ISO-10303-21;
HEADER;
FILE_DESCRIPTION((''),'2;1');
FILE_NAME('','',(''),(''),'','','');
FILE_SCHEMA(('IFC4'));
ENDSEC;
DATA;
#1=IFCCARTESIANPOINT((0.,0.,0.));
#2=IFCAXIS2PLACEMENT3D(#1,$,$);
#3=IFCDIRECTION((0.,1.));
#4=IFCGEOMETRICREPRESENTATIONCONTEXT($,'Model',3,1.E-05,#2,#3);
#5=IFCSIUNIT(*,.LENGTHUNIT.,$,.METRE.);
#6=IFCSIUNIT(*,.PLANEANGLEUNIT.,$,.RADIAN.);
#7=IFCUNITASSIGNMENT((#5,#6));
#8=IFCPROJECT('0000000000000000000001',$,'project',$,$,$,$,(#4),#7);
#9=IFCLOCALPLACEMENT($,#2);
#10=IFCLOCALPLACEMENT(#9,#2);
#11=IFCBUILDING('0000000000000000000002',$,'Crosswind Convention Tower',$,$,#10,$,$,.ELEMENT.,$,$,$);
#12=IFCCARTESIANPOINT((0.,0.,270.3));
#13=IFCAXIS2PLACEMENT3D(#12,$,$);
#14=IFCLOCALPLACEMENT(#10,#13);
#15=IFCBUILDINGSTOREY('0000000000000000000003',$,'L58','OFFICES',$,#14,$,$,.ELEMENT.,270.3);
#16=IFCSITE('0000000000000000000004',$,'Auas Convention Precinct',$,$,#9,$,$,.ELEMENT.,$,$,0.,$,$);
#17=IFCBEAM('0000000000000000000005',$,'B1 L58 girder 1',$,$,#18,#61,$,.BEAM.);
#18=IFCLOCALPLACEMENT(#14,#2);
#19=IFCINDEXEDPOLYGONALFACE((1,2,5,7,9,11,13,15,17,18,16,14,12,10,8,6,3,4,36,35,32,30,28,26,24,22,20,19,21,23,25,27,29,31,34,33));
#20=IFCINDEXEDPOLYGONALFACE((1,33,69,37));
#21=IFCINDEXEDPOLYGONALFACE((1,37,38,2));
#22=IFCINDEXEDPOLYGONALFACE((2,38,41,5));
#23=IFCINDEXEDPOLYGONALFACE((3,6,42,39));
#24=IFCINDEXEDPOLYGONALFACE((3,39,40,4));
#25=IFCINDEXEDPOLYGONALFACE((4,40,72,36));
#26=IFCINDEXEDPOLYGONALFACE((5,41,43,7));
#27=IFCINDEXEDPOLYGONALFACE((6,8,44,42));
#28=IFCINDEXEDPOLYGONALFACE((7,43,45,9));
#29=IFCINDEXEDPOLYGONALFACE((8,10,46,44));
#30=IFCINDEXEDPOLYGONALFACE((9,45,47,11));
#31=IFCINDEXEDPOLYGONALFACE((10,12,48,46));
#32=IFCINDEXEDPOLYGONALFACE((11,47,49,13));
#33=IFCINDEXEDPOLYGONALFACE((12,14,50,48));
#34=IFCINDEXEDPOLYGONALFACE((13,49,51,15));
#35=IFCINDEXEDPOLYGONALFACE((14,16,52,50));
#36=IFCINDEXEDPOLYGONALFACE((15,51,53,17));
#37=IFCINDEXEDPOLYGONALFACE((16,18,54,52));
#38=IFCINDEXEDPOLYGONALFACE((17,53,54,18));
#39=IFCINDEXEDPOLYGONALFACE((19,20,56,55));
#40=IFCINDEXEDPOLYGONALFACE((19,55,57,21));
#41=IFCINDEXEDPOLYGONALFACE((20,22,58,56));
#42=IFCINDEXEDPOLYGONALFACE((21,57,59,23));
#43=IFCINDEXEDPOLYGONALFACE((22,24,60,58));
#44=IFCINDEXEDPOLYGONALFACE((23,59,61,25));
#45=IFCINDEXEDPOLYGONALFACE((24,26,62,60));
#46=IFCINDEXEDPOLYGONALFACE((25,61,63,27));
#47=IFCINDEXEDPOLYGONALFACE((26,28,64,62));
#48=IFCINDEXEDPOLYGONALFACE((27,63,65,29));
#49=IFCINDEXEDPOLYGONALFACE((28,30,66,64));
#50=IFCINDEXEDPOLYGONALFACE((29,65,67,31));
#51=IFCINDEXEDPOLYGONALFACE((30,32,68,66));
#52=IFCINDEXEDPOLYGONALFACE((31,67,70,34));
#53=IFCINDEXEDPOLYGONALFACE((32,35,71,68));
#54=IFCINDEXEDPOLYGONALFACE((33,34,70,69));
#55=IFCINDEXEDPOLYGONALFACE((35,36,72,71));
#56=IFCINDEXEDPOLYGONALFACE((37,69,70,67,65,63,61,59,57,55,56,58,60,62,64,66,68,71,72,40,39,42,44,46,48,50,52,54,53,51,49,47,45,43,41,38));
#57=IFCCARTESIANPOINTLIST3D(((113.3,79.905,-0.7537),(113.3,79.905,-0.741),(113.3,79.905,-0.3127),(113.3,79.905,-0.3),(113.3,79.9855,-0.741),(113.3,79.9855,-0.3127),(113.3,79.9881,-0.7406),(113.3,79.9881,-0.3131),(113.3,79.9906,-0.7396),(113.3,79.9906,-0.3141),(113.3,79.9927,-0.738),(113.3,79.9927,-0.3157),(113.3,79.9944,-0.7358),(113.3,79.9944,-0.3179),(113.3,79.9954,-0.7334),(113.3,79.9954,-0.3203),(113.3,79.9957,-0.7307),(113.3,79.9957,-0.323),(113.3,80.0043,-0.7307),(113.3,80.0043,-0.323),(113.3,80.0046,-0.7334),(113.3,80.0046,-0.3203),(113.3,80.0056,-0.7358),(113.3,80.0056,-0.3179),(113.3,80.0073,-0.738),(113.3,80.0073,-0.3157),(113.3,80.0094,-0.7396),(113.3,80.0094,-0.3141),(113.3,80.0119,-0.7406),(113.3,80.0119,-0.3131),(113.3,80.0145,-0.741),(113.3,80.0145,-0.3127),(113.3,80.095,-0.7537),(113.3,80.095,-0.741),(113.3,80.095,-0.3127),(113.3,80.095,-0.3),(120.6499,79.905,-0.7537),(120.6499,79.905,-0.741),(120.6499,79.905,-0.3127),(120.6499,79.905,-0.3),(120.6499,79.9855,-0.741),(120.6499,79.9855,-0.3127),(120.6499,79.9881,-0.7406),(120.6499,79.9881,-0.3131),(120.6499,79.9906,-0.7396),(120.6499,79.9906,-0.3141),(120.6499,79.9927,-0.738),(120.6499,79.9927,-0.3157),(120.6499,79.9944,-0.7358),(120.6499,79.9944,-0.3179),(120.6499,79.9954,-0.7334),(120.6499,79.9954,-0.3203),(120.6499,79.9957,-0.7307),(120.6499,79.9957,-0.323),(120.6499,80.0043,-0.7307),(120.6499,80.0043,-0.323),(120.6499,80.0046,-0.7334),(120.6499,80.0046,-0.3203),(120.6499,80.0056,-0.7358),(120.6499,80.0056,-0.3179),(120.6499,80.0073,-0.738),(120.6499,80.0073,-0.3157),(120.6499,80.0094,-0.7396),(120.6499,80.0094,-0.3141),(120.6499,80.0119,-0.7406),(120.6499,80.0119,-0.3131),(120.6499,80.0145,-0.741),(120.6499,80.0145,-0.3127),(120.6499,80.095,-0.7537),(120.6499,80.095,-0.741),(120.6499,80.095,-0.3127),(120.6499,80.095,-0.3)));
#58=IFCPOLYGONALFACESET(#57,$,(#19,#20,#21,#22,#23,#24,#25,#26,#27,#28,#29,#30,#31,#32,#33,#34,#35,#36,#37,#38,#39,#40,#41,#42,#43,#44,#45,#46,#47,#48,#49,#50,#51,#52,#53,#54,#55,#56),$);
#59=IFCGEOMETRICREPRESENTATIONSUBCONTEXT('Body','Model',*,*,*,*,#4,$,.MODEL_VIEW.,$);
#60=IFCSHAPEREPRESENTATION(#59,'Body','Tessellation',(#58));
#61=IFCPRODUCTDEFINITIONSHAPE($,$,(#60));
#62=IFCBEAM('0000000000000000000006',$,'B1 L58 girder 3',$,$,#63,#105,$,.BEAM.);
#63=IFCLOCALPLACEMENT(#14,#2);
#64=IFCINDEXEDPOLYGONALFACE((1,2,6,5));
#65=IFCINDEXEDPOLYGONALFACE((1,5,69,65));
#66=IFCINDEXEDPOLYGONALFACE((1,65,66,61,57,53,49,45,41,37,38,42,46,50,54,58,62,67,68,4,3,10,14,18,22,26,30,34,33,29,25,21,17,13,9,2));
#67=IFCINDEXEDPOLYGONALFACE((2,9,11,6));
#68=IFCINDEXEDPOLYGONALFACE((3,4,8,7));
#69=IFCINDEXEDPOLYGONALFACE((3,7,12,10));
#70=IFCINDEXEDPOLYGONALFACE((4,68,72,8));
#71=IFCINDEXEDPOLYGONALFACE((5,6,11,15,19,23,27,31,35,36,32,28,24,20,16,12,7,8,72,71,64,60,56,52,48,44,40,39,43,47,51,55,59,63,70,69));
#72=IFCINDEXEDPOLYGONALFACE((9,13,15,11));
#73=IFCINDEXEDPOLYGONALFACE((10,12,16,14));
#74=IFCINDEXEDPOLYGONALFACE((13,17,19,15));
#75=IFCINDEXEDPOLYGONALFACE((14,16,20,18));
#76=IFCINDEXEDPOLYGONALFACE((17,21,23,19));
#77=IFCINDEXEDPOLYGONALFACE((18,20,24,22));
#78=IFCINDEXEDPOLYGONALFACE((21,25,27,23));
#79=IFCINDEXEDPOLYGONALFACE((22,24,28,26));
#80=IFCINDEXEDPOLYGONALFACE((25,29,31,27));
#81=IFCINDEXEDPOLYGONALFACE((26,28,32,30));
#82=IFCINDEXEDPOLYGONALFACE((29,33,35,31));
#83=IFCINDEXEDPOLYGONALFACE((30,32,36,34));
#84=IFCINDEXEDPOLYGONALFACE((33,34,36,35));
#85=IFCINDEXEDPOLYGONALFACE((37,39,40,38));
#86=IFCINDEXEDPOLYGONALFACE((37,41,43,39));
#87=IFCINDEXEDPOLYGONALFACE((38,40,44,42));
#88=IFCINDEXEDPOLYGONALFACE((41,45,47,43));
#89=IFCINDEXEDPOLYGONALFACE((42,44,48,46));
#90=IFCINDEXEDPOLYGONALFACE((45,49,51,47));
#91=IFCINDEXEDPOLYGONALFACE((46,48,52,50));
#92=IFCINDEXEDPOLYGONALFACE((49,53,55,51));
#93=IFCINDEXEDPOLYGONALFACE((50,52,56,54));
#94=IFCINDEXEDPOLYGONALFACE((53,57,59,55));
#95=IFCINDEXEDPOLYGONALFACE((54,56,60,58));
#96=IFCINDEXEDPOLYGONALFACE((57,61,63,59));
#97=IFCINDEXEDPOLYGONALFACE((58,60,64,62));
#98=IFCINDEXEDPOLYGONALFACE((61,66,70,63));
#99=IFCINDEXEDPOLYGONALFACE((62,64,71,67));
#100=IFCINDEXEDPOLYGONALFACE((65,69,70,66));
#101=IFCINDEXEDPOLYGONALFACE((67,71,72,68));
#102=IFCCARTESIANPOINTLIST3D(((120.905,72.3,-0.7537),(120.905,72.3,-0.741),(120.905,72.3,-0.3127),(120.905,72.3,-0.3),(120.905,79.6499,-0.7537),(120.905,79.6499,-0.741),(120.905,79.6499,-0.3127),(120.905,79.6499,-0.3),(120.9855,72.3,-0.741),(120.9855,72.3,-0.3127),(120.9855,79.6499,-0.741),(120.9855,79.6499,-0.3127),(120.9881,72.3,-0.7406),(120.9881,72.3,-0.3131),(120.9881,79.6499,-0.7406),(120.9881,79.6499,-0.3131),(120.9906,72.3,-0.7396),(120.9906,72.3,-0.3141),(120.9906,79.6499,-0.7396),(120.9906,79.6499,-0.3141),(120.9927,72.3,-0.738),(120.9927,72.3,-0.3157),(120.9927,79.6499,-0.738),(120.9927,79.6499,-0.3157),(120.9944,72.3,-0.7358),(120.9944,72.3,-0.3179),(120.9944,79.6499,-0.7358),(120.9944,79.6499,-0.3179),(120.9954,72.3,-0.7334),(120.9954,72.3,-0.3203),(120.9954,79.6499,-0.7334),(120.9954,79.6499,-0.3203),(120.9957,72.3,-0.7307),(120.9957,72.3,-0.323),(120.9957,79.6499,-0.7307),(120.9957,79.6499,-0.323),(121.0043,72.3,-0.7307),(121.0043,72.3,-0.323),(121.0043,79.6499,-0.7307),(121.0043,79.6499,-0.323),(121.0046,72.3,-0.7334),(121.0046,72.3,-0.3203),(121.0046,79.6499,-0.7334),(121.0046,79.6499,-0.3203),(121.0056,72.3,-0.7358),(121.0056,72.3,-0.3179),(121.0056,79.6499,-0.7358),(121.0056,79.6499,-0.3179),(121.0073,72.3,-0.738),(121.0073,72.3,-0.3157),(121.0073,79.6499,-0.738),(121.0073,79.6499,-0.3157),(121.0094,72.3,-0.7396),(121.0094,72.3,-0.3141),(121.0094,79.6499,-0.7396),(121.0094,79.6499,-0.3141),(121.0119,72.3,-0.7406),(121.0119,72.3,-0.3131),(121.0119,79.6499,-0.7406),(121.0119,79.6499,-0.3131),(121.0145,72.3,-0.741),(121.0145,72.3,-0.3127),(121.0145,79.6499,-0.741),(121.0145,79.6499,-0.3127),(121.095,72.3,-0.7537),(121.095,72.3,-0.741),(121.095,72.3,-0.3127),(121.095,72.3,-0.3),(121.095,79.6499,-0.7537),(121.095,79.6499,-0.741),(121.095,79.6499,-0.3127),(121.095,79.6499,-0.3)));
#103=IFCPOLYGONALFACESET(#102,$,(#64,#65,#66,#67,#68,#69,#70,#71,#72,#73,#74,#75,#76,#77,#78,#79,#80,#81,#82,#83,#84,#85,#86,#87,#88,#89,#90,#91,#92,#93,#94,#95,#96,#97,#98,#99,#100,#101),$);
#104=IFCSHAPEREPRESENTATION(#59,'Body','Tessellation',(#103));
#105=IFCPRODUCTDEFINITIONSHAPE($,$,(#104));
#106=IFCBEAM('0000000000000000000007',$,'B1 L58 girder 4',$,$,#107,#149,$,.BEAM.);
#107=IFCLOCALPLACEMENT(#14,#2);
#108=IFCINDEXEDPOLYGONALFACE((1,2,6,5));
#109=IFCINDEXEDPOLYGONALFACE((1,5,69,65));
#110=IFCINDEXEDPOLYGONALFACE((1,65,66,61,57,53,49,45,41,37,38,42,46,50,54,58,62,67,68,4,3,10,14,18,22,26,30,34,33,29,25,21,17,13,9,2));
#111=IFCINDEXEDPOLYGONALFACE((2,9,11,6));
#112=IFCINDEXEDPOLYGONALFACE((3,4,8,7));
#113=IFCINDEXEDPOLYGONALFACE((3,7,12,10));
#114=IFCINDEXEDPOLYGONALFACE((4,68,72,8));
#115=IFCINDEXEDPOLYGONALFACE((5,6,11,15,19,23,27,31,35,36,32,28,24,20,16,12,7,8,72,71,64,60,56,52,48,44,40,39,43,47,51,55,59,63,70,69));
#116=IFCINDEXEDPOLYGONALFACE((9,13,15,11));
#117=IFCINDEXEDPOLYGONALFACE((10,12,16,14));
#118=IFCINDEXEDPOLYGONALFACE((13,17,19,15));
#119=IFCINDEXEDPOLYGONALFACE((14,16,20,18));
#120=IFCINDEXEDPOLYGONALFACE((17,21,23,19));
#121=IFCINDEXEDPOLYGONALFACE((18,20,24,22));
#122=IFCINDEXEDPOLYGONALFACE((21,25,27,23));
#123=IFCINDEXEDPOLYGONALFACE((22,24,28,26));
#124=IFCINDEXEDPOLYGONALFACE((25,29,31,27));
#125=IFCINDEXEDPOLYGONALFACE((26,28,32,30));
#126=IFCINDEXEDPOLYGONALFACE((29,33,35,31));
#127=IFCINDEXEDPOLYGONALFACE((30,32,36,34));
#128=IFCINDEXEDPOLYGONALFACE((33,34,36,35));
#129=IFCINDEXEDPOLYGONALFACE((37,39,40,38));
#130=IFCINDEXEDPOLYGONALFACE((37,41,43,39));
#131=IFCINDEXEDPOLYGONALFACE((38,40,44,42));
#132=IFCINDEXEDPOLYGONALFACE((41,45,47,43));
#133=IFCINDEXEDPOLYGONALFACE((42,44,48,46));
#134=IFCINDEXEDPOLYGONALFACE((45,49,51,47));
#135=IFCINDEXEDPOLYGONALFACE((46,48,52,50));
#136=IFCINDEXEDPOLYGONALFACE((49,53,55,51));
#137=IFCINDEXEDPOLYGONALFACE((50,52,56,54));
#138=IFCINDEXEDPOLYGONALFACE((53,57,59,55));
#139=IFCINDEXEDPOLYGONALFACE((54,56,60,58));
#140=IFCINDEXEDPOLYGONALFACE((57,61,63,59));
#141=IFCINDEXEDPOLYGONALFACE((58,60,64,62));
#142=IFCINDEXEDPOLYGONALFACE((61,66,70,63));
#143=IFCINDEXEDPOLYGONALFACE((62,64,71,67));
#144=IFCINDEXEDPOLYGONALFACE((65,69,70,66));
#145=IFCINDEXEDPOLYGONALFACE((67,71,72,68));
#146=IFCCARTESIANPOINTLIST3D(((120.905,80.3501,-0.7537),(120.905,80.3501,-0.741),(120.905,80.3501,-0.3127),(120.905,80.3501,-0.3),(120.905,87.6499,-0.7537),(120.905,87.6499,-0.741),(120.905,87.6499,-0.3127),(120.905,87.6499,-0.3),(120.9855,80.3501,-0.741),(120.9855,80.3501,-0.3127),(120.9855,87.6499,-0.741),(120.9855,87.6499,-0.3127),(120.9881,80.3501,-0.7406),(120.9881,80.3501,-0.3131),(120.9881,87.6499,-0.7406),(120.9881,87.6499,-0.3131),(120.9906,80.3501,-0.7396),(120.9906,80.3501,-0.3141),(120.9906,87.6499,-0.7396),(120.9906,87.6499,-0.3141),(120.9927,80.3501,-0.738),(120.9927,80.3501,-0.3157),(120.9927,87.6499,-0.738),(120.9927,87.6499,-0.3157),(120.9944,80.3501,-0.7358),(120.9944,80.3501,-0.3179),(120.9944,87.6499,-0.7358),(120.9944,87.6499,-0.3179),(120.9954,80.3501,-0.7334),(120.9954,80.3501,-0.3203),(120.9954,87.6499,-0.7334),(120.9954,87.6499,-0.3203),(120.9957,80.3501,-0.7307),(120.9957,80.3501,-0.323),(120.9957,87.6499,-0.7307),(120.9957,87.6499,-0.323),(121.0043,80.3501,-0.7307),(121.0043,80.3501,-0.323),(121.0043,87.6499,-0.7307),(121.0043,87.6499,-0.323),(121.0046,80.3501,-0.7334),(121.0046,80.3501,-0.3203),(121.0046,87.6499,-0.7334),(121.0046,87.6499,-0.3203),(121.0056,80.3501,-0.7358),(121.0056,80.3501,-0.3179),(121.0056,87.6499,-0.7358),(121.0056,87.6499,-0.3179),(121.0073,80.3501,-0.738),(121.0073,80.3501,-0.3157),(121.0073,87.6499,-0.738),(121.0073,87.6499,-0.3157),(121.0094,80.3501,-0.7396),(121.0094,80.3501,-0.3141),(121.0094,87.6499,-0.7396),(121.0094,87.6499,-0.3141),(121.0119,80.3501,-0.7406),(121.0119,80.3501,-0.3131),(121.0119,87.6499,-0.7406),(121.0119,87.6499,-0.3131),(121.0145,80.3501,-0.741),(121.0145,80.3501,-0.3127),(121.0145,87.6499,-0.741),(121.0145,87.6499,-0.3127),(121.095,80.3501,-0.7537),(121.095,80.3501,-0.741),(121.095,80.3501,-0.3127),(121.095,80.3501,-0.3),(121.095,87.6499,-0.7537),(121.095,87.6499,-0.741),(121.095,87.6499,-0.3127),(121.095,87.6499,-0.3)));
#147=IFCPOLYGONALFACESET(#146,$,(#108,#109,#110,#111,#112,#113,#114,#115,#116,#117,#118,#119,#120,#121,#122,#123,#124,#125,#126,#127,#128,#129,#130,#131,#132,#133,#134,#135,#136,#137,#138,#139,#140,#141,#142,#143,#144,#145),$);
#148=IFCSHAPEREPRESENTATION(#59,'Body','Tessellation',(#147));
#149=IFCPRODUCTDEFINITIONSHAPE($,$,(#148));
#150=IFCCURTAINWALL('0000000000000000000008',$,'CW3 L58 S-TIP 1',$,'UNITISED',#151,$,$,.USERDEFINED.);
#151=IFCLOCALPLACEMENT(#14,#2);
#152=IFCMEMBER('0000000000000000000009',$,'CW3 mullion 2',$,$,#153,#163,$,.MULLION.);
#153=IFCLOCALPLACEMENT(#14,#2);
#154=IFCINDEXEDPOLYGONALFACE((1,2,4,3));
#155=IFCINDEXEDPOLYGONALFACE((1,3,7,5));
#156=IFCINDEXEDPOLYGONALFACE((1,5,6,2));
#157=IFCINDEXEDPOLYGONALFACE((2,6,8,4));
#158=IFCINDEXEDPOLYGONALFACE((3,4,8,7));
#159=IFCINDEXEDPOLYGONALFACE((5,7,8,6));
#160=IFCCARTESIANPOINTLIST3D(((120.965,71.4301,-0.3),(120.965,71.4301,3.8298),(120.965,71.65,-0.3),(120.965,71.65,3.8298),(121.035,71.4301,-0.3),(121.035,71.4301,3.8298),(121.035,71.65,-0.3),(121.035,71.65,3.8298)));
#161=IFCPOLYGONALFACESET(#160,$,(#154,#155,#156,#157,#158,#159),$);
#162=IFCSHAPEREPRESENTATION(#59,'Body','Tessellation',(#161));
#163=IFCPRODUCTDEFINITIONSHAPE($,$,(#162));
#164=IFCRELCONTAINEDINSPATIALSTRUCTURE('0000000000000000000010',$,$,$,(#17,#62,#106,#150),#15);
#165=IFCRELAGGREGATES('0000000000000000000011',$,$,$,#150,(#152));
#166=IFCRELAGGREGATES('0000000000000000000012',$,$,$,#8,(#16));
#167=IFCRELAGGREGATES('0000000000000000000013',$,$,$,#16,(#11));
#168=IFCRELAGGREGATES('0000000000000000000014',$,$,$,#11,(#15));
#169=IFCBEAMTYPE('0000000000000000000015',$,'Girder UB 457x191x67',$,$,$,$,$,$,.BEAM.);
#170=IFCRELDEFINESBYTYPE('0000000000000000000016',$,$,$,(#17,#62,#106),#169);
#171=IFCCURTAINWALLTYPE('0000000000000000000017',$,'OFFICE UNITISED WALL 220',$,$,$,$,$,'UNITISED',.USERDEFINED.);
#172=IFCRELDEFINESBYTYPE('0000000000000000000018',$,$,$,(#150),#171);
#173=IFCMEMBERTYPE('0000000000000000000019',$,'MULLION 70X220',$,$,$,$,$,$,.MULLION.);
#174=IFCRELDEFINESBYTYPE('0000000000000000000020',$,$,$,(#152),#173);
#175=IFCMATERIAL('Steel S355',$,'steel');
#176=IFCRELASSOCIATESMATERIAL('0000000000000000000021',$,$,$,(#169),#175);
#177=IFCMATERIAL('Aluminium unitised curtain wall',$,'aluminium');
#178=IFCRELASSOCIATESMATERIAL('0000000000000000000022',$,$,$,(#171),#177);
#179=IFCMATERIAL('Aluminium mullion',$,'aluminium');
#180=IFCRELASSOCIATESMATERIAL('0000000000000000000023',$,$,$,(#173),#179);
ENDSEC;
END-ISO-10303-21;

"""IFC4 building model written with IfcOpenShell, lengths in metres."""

from ifc_helpers import new_model, si_unit, direction, frame, origin, origin_2d, place, context, subcontext, project, spatial, rectangle, i_section, extrude, material, material_profile, profile_set, type_object, element, aggregate, save


model = new_model("IFC4")

# Units and contexts
model_context = context("Model", 3, precision=1e-05, world=origin(), true_north=direction((0.0, 1.0)))
body_context = subcontext(model_context, "Body", "Model", "MODEL_VIEW")
ifc_project = project(units=[si_unit("LENGTHUNIT", "METRE"), si_unit("PLANEANGLEUNIT", "RADIAN")], contexts=[model_context])

# Site, building, storey
site_placement = place(None, origin())
site = spatial("IfcSite", under=ifc_project, at=site_placement, Name="Auas Convention Precinct", CompositionType="ELEMENT", RefElevation=0.0)
building_placement = place(site_placement, origin())
building = spatial("IfcBuilding", under=site, at=building_placement, Name="Crosswind Convention Tower", CompositionType="ELEMENT")
storey_placement = place(building_placement, frame((0.0, 0.0, 270.3)))
storey = spatial("IfcBuildingStorey", under=building, at=storey_placement, Name="L58", Description="OFFICES", CompositionType="ELEMENT", Elevation=270.3)

# Beams
ifc_material_1 = material(Name="Steel S355", Category="steel")
ifc_material_profile_1 = material_profile(ifc_material_1, i_section(OverallWidth=0.1899, OverallDepth=0.4536, WebThickness=0.0085, FlangeThickness=0.0127, FilletRadius=0.0103, at=origin_2d()), Name="UB 457x191x67")
ifc_profile_set_1 = profile_set([ifc_material_profile_1], Name="Steel S355")
beam_type_1 = type_object("IfcBeamType", Name="Girder UB 457x191x67", PredefinedType="BEAM", material=ifc_profile_set_1)
for number, where, z_axis, x_axis, name in (
    (1, (113.3, 80.0, -0.5269), (1.0, 0.0, 0.0), (0.0, 1.0, 0.0), "B1 L58 girder 1"),
    (2, (121.0, 72.3, -0.5269), (0.0, 1.0, 0.0), (-1.0, 0.0, 0.0), "B1 L58 girder 3"),
):
    element("IfcBeam", number, at=place(storey_placement, frame(where, z_axis=z_axis, x_axis=x_axis)), inside=storey, type_object=beam_type_1, Name=name, PredefinedType="BEAM", context=body_context, shape_type="SweptSolid", body=[
        extrude(i_section(OverallWidth=0.1899, OverallDepth=0.4536, WebThickness=0.0085, FlangeThickness=0.0127, FilletRadius=0.0103, at=origin_2d()), origin(), (0.0, 0.0, 1.0), 7.3499),
    ])
beam_1_placement = place(storey_placement, frame((121.0, 80.3501, -0.5269), z_axis=(0.0, 1.0, 0.0), x_axis=(-1.0, 0.0, 0.0)))
element("IfcBeam", 3, at=beam_1_placement, inside=storey, type_object=beam_type_1, Name="B1 L58 girder 4", PredefinedType="BEAM", context=body_context, shape_type="SweptSolid", body=[
    extrude(i_section(OverallWidth=0.1899, OverallDepth=0.4536, WebThickness=0.0085, FlangeThickness=0.0127, FilletRadius=0.0103, at=origin_2d()), origin(), (0.0, 0.0, 1.0), 7.2998),
])

# Curtain wall, member
ifc_material_2 = material(Name="Aluminium unitised curtain wall", Category="aluminium")
curtain_wall_type = type_object("IfcCurtainWallType", Name="OFFICE UNITISED WALL 220", ElementType="UNITISED", PredefinedType="USERDEFINED", material=ifc_material_2)
curtain_wall_placement = place(storey_placement, origin())
curtain_wall = element("IfcCurtainWall", 4, at=curtain_wall_placement, inside=storey, type_object=curtain_wall_type, Name="CW3 L58 S-TIP 1", ObjectType="UNITISED", PredefinedType="USERDEFINED")
ifc_material_3 = material(Name="Aluminium mullion", Category="aluminium")
ifc_material_profile_2 = material_profile(ifc_material_3, rectangle(XDim=0.22, YDim=0.0701, at=origin_2d()), Name="AL 220X70")
ifc_profile_set_2 = profile_set([ifc_material_profile_2], Name="Aluminium mullion")
member_type = type_object("IfcMemberType", Name="MULLION 70X220", PredefinedType="MULLION", material=ifc_profile_set_2)
member_placement = place(storey_placement, frame((121.0, 71.54, -0.3), z_axis=(0.0, 0.0, 1.0), x_axis=(0.0, -1.0, 0.0)))
member = element("IfcMember", 5, at=member_placement, type_object=member_type, Name="CW3 mullion 2", PredefinedType="MULLION", context=body_context, shape_type="SweptSolid", body=[
    extrude(rectangle(XDim=0.22, YDim=0.0701, at=origin_2d()), origin(), (0.0, 0.0, 1.0), 4.1299),
])

aggregate(curtain_wall, [member])

save(model, "model.ifc")
